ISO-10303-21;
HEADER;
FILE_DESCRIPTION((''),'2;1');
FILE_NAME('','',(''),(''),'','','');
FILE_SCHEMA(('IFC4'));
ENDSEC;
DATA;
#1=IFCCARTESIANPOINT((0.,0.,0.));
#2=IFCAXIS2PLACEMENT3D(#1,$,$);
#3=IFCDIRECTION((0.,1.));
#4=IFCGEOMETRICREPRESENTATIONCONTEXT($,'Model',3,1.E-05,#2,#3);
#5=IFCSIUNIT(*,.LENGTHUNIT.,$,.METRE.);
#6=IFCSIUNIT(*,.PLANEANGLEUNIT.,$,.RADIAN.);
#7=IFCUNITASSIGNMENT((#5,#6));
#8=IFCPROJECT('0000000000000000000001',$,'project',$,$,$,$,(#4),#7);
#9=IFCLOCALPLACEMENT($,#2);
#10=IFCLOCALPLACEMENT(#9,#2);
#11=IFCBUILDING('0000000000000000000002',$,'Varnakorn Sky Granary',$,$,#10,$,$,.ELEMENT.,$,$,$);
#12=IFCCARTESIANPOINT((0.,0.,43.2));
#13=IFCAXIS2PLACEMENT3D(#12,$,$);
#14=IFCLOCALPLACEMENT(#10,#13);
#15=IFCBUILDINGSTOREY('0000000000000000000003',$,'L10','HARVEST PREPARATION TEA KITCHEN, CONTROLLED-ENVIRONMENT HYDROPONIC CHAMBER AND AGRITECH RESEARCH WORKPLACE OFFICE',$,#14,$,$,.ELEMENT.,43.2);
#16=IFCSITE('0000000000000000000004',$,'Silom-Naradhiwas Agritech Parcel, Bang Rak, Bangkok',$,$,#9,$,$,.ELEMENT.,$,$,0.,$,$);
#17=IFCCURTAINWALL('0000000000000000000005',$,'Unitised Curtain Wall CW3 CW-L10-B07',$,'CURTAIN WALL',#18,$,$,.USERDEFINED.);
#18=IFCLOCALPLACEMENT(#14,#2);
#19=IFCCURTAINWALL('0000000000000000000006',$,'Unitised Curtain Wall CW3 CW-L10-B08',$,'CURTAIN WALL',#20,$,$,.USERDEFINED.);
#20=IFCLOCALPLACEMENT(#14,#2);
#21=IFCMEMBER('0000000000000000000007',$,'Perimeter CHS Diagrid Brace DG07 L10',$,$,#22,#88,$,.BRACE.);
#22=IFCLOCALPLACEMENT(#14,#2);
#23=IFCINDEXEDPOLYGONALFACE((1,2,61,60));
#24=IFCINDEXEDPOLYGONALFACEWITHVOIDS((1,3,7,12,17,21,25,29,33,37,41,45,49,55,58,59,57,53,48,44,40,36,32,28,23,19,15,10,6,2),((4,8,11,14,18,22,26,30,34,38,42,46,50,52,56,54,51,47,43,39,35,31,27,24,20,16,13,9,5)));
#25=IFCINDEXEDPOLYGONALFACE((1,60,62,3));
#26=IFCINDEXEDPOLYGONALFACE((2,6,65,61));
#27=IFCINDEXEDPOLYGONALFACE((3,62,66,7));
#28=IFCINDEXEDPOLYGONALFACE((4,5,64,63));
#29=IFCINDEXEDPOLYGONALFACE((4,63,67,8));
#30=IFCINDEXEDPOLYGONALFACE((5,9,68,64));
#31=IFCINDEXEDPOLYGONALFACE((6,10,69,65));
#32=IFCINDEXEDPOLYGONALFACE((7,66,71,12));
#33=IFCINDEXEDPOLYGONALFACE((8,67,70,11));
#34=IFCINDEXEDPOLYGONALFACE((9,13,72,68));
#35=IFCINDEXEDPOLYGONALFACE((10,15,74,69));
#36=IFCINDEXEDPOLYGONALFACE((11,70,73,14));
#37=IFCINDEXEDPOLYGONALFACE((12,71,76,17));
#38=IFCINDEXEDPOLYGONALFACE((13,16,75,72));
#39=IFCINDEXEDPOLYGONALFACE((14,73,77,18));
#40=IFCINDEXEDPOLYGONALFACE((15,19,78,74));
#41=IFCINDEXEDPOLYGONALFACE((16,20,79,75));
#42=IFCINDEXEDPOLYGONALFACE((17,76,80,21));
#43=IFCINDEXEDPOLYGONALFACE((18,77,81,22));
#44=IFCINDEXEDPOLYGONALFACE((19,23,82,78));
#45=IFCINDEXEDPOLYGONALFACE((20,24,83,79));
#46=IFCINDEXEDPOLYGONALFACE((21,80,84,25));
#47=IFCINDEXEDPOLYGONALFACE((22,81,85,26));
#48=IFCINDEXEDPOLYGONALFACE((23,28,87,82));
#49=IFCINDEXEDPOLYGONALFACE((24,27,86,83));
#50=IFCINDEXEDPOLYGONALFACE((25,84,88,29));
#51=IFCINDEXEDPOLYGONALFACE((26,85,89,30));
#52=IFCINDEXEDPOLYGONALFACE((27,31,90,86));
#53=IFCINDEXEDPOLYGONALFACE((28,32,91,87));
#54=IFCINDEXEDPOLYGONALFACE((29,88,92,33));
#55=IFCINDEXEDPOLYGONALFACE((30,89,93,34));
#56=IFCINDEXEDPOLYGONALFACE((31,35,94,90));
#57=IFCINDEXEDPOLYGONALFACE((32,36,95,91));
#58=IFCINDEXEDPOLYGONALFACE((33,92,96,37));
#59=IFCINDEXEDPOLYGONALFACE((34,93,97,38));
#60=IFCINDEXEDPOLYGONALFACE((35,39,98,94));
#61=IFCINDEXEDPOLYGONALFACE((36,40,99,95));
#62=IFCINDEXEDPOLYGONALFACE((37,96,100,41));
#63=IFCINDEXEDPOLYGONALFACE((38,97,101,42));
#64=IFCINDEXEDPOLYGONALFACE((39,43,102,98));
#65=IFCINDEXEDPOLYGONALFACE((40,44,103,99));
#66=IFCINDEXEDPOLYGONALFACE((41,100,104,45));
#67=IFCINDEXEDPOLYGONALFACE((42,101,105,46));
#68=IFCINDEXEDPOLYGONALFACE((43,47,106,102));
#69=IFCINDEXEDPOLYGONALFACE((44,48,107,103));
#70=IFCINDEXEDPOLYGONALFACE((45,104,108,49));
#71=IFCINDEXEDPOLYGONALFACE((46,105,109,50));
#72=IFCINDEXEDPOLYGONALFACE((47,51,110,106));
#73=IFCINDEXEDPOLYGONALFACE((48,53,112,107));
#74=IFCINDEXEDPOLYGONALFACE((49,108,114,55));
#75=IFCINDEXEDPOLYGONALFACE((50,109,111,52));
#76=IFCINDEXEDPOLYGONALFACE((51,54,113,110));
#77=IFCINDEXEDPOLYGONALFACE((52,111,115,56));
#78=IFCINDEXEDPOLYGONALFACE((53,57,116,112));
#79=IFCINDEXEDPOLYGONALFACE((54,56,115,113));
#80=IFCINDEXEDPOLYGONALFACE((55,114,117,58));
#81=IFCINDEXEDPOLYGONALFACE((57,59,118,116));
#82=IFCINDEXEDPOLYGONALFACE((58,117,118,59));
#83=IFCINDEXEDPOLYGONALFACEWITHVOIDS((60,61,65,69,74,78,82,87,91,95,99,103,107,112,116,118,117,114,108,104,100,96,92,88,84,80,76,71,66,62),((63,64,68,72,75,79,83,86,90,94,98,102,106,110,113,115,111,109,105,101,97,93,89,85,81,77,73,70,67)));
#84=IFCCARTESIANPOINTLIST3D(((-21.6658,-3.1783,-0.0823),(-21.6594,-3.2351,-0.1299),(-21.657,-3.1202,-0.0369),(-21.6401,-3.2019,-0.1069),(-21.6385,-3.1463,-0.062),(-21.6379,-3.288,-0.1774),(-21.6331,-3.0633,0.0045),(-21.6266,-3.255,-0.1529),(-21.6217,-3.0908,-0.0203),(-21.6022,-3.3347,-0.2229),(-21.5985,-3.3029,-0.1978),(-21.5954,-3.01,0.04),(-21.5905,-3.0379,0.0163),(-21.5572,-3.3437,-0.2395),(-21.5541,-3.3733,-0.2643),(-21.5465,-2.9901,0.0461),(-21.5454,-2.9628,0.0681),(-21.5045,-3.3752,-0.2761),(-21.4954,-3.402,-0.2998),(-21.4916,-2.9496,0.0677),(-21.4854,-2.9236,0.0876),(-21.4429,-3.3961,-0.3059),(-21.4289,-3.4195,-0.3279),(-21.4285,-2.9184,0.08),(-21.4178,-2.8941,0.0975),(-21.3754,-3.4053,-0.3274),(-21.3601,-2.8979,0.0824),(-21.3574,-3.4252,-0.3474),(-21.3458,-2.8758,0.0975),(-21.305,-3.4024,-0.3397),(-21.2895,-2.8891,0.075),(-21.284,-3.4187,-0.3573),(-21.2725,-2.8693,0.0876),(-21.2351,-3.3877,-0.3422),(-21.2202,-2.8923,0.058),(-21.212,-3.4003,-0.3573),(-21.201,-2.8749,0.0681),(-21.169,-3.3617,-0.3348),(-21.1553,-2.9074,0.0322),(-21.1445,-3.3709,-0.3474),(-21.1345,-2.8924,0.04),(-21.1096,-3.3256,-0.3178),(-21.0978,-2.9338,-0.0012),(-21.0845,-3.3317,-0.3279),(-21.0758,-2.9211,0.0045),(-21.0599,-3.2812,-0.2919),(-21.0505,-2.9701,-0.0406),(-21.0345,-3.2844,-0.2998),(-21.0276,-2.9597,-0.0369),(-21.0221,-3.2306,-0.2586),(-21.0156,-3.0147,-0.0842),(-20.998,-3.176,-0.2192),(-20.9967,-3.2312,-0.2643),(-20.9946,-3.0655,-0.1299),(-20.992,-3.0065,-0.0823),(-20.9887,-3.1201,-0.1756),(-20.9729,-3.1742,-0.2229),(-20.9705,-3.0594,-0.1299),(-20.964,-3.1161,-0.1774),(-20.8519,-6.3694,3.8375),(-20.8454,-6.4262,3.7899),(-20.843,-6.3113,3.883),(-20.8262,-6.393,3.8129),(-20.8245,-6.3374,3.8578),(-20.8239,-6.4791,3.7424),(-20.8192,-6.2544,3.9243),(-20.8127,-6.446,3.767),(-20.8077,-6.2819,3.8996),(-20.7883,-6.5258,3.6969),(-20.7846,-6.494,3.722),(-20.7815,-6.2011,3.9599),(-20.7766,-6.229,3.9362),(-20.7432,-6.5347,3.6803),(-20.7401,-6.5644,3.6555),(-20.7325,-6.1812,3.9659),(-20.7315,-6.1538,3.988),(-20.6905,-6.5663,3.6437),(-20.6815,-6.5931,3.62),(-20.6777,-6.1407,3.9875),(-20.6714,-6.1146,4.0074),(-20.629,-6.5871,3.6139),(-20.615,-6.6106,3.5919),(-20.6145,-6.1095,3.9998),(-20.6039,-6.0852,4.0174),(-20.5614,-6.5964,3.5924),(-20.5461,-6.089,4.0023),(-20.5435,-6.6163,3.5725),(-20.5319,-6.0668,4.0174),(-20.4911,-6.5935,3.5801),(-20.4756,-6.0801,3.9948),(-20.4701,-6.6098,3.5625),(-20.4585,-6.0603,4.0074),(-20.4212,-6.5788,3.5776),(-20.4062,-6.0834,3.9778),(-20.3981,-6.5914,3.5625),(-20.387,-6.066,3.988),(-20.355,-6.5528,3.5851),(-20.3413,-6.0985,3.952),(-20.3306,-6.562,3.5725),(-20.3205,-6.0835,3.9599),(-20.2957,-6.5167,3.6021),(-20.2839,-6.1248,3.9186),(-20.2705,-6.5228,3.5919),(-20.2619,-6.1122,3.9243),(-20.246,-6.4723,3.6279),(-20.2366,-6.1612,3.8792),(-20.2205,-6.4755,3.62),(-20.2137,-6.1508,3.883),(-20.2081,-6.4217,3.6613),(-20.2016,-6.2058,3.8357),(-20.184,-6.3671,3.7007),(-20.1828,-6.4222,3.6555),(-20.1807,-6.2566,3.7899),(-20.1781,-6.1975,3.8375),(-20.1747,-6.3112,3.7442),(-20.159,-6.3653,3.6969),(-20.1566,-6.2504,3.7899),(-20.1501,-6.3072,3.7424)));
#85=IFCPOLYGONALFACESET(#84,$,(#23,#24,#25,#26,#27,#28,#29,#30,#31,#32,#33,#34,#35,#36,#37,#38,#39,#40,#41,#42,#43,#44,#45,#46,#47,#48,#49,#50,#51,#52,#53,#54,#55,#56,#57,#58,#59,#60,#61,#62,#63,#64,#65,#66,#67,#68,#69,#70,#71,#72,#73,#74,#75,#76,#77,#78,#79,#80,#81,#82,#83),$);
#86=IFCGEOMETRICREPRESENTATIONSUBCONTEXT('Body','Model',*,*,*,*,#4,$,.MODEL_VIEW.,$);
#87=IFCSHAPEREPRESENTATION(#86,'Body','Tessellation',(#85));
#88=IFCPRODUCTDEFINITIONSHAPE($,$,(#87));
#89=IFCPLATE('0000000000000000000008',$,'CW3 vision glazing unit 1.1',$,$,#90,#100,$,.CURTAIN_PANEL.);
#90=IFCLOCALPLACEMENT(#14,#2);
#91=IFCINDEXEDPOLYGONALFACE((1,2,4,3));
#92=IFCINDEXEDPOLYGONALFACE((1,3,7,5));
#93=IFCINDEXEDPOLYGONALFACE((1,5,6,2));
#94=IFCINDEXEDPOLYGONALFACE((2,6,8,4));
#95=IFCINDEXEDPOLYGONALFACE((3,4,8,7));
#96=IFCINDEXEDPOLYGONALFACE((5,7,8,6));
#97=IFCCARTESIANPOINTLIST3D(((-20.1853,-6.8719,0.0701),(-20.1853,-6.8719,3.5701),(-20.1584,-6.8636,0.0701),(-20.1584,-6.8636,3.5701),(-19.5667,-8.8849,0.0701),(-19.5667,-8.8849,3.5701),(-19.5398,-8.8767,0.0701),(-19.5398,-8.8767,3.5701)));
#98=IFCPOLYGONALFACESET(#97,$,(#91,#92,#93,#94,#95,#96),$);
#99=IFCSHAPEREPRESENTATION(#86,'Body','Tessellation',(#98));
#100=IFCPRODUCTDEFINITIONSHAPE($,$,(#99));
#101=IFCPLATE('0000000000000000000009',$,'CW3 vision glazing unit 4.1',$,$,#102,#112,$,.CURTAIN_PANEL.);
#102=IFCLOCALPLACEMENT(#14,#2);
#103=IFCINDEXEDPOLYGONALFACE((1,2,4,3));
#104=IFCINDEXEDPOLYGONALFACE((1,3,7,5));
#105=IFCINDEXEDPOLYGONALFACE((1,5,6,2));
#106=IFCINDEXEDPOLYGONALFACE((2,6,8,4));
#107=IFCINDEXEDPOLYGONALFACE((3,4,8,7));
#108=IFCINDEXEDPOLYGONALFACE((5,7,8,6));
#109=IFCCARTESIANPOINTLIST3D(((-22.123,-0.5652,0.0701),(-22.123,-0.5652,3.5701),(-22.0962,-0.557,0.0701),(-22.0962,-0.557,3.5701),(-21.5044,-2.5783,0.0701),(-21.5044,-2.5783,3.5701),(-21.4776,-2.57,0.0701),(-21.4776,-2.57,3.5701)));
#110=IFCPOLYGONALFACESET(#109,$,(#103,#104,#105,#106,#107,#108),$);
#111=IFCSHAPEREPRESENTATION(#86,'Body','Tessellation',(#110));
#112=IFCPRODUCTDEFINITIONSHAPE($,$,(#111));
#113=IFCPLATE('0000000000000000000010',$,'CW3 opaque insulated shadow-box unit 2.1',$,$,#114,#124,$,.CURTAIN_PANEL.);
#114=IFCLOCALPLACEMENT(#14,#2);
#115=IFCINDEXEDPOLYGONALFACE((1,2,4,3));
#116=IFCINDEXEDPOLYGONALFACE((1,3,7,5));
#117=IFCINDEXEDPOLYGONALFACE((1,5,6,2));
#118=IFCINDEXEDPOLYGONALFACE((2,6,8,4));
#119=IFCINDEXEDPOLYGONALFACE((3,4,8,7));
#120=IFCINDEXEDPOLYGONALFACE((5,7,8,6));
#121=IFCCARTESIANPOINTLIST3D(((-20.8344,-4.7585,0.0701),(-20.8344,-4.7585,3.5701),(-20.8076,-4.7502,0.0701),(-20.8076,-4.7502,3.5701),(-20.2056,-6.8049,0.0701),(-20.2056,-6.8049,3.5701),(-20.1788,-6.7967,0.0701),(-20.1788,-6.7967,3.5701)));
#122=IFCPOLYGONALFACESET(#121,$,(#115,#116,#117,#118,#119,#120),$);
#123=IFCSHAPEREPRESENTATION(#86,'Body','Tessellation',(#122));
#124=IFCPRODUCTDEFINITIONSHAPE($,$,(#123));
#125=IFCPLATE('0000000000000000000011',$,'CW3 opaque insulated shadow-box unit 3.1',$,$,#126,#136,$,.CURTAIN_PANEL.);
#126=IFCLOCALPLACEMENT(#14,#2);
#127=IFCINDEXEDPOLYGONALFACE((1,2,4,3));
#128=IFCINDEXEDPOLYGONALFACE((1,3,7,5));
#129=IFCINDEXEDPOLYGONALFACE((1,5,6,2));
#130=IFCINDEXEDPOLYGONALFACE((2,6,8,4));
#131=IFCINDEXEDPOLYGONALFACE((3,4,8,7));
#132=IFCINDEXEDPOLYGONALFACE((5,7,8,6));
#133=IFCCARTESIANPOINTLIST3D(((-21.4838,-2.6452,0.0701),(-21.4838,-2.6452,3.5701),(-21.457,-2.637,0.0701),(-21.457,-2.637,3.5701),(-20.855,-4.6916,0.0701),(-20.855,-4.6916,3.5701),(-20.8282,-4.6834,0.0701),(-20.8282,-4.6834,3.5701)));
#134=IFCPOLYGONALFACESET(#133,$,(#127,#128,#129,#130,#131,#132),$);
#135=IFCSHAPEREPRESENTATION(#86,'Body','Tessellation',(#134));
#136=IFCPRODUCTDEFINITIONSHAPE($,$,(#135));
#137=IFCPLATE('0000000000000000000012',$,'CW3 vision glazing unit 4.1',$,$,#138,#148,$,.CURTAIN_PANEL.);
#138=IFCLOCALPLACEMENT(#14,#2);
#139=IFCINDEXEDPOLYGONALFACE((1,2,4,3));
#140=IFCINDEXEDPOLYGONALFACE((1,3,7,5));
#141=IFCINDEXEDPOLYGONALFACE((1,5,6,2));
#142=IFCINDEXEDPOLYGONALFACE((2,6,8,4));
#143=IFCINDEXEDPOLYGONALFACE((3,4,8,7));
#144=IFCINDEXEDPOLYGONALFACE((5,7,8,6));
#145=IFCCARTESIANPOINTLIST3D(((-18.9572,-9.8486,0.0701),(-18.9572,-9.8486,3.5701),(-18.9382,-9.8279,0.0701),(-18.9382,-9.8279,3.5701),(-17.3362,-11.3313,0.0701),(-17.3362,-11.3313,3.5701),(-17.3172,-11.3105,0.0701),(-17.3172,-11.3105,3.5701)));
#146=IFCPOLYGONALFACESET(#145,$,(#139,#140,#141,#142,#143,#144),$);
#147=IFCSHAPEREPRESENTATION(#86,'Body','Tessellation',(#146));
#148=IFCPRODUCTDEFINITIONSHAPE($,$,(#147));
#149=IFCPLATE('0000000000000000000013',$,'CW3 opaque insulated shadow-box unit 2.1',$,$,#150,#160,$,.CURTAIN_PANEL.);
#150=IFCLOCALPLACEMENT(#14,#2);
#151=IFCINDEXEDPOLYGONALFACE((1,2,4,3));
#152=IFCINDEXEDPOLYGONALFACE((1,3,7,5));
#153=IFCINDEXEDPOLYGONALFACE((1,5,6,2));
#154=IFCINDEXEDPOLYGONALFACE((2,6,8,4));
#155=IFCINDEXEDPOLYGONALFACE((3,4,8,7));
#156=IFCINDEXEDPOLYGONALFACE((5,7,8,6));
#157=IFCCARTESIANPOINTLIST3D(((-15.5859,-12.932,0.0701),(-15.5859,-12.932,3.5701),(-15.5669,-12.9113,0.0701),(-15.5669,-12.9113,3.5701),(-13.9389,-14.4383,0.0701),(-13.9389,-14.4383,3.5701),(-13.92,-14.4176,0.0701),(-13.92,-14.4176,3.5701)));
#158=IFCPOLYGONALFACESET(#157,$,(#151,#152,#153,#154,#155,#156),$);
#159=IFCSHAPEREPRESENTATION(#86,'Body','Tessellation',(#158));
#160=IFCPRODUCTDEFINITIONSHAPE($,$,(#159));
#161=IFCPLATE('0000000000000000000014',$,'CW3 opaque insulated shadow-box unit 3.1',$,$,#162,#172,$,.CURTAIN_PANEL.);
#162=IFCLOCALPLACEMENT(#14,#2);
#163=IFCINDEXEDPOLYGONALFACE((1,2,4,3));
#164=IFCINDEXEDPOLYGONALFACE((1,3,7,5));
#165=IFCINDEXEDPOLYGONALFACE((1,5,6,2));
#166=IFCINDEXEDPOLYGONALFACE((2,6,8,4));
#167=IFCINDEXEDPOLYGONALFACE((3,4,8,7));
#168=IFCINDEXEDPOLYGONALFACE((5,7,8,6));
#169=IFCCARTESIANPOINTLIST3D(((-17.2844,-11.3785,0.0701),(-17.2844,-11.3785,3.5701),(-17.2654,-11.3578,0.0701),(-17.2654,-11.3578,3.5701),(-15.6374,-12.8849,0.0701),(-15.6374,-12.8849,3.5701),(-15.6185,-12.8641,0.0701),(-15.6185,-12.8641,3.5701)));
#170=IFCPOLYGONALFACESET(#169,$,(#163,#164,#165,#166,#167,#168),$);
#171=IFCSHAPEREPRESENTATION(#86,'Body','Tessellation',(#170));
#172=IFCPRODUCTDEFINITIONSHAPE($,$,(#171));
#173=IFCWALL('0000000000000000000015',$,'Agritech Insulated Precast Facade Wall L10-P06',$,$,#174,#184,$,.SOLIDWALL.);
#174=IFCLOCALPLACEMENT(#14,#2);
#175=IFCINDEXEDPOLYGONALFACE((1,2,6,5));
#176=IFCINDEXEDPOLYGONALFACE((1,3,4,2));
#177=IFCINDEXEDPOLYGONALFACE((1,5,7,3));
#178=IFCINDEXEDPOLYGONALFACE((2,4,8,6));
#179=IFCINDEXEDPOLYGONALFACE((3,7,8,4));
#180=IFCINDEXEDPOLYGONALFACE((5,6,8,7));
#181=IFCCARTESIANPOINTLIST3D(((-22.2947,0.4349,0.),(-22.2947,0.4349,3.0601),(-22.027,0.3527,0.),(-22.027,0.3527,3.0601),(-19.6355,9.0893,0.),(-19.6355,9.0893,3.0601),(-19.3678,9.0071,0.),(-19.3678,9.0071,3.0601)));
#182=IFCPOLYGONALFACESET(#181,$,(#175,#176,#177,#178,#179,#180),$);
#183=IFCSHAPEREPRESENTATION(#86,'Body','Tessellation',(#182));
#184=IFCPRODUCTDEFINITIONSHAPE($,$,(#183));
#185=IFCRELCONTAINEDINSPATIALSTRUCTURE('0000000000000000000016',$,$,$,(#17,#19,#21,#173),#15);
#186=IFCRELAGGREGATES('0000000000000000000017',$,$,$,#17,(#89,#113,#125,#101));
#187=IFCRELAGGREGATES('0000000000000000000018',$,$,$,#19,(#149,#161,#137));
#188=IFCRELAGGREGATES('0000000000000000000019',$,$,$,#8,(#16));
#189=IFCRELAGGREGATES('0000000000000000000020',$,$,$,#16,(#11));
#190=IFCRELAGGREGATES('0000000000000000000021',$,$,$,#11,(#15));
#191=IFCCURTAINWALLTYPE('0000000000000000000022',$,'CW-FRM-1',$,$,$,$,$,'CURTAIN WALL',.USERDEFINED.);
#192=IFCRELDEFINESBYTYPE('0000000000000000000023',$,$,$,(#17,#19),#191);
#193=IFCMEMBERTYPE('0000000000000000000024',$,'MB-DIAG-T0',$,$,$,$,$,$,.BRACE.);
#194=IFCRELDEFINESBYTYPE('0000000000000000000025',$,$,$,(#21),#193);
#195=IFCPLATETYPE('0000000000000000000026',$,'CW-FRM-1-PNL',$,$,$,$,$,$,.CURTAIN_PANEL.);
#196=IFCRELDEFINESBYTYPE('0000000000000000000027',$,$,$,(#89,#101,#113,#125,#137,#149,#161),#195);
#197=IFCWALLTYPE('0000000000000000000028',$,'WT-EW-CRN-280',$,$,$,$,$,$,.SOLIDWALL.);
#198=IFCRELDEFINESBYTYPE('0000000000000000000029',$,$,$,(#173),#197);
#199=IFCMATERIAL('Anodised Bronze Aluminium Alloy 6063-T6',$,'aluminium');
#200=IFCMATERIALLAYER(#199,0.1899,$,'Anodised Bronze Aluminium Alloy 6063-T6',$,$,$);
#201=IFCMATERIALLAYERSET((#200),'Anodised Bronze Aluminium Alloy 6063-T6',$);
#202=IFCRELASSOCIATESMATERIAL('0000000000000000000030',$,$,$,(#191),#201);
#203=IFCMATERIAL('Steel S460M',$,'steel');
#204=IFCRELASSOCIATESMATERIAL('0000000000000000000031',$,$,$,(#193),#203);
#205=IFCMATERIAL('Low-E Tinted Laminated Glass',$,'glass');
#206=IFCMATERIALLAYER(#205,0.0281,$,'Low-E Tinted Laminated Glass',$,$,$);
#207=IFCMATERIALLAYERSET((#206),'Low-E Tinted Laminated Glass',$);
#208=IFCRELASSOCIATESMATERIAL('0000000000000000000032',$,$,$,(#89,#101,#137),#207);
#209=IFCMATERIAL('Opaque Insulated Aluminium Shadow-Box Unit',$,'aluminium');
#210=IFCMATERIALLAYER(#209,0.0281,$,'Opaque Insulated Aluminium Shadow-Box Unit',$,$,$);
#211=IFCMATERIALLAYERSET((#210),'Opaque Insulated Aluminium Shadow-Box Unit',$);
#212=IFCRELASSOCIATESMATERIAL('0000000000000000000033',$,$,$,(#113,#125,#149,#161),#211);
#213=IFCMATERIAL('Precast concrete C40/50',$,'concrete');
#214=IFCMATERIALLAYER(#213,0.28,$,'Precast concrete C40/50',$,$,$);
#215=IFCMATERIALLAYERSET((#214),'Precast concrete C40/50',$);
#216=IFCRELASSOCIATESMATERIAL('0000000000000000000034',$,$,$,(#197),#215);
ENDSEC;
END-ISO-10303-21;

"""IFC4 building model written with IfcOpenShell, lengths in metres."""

from ifc_helpers import new_model, si_unit, direction, frame, frame_2d, origin, origin_2d, place, context, subcontext, project, spatial, rectangle, hollow_circle, extrude, source, transform, mapped, material, layer, layer_set, material_profile, profile_set, type_object, type_shapes, element, aggregate, save


model = new_model("IFC4")

# Units and contexts
model_context = context("Model", 3, precision=1e-05, world=origin(), true_north=direction((0.0, 1.0)))
body_context = subcontext(model_context, "Body", "Model", "MODEL_VIEW")
ifc_project = project(units=[si_unit("LENGTHUNIT", "METRE"), si_unit("PLANEANGLEUNIT", "RADIAN")], contexts=[model_context])

# Site, building, storey
site_placement = place(None, origin())
site = spatial("IfcSite", under=ifc_project, at=site_placement, Name="Silom-Naradhiwas Agritech Parcel, Bang Rak, Bangkok", CompositionType="ELEMENT", RefElevation=0.0)
building_placement = place(site_placement, origin())
building = spatial("IfcBuilding", under=site, at=building_placement, Name="Varnakorn Sky Granary", CompositionType="ELEMENT")
storey_placement = place(building_placement, frame((0.0, 0.0, 43.2)))
storey = spatial("IfcBuildingStorey", under=building, at=storey_placement, Name="L10", Description="HARVEST PREPARATION TEA KITCHEN, CONTROLLED-ENVIRONMENT HYDROPONIC CHAMBER AND AGRITECH RESEARCH WORKPLACE OFFICE", CompositionType="ELEMENT", Elevation=43.2)

# Shared definitions
ifc_material_1 = material(Name="Steel S460M", Category="steel")

# Curtain walls
ifc_material_2 = material(Name="Anodised Bronze Aluminium Alloy 6063-T6", Category="aluminium")
ifc_layer_1 = layer(ifc_material_2, 0.1899, Name="Anodised Bronze Aluminium Alloy 6063-T6")
ifc_layer_set_1 = layer_set([ifc_layer_1], Name="Anodised Bronze Aluminium Alloy 6063-T6")
curtain_wall_type = type_object("IfcCurtainWallType", Name="CW-FRM-1", ElementType="CURTAIN WALL", PredefinedType="USERDEFINED", material=ifc_layer_set_1)
curtain_wall_1_placement = place(storey_placement, origin())
curtain_wall_1 = element("IfcCurtainWall", 1, at=curtain_wall_1_placement, inside=storey, type_object=curtain_wall_type, Name="Unitised Curtain Wall CW3 CW-L10-B07", ObjectType="CURTAIN WALL", PredefinedType="USERDEFINED")
curtain_wall_2_placement = place(storey_placement, origin())
curtain_wall_2 = element("IfcCurtainWall", 2, at=curtain_wall_2_placement, inside=storey, type_object=curtain_wall_type, Name="Unitised Curtain Wall CW3 CW-L10-B08", ObjectType="CURTAIN WALL", PredefinedType="USERDEFINED")

# Member
ifc_material_profile_1 = material_profile(ifc_material_1, hollow_circle(Radius=0.3555, WallThickness=0.0249, at=origin_2d()), Name="CHS 711x25")
ifc_profile_set_1 = profile_set([ifc_material_profile_1], Name="Steel S460M")
member_type_1 = type_object("IfcMemberType", Name="MB-DIAG-T0", PredefinedType="BRACE", material=ifc_profile_set_1)
member_1_placement = place(storey_placement, frame((-21.3149, -3.1472, -0.1299), z_axis=(0.158985, -0.623304, 0.765647), x_axis=(0.968976, 0.247155, 0.0)))
element("IfcMember", 3, at=member_1_placement, inside=storey, type_object=member_type_1, Name="Perimeter CHS Diagrid Brace DG07 L10", PredefinedType="BRACE", context=body_context, shape_type="SweptSolid", body=[
    extrude(hollow_circle(Radius=0.3555, WallThickness=0.0249, at=origin_2d()), origin(), (0.0, 0.0, 1.0), 5.1196),
])

# Plates
ifc_material_3 = material(Name="Low-E Tinted Laminated Glass", Category="glass")
ifc_layer_2 = layer(ifc_material_3, 0.0281, Name="Low-E Tinted Laminated Glass")
ifc_layer_set_2 = layer_set([ifc_layer_2], Name="Low-E Tinted Laminated Glass")
plate_type = type_object("IfcPlateType", Name="CW-FRM-1-PNL", PredefinedType="CURTAIN_PANEL")
shared_shape_1 = source(origin(), body_context, "Body", "SweptSolid", [
    extrude(rectangle(XDim=2.106, YDim=0.0281, at=origin_2d()), origin(), (0.0, 0.0, 1.0), 3.5),
])
plate_1_placement = place(storey_placement, frame((-19.8625, -7.8743, 0.0701), z_axis=(0.0, 0.0, 1.0), x_axis=(-0.293723, 0.95589, 0.0)))
plate_1 = element("IfcPlate", 4, at=plate_1_placement, type_object=plate_type, material=ifc_layer_set_2, Name="CW3 vision glazing unit 1.1", PredefinedType="CURTAIN_PANEL", context=body_context, shape_type="MappedRepresentation", body=[
    mapped(shared_shape_1, transform((0.0, 0.0, 0.0), x_axis=(1.0, 0.0, 0.0), y_axis=(0.0, 1.0, 0.0), z_axis=(0.0, 0.0, 1.0), scale=1.0)),
])
plate_2_placement = place(storey_placement, frame((-21.8003, -1.5676, 0.0701), z_axis=(0.0, 0.0, 1.0), x_axis=(-0.293723, 0.95589, 0.0)))
plate_2 = element("IfcPlate", 5, at=plate_2_placement, type_object=plate_type, material=ifc_layer_set_2, Name="CW3 vision glazing unit 4.1", PredefinedType="CURTAIN_PANEL", context=body_context, shape_type="MappedRepresentation", body=[
    mapped(shared_shape_1, transform((0.0, 0.0, 0.0), x_axis=(1.0, 0.0, 0.0), y_axis=(0.0, 1.0, 0.0), z_axis=(0.0, 0.0, 1.0), scale=1.0)),
])
ifc_material_4 = material(Name="Opaque Insulated Aluminium Shadow-Box Unit", Category="aluminium")
ifc_layer_3 = layer(ifc_material_4, 0.0281, Name="Opaque Insulated Aluminium Shadow-Box Unit")
ifc_layer_set_3 = layer_set([ifc_layer_3], Name="Opaque Insulated Aluminium Shadow-Box Unit")
shared_shape_2 = source(origin(), body_context, "Body", "SweptSolid", [
    extrude(rectangle(XDim=2.1409, YDim=0.0281, at=origin_2d()), origin(), (0.0, 0.0, 1.0), 3.5),
])
plate_3_placement = place(storey_placement, frame((-20.5066, -5.7776, 0.0701), z_axis=(0.0, 0.0, 1.0), x_axis=(-0.293723, 0.95589, 0.0)))
plate_3 = element("IfcPlate", 6, at=plate_3_placement, type_object=plate_type, material=ifc_layer_set_3, Name="CW3 opaque insulated shadow-box unit 2.1", PredefinedType="CURTAIN_PANEL", context=body_context, shape_type="MappedRepresentation", body=[
    mapped(shared_shape_2, transform((0.0, 0.0, 0.0), x_axis=(1.0, 0.0, 0.0), y_axis=(0.0, 1.0, 0.0), z_axis=(0.0, 0.0, 1.0), scale=1.0)),
])
plate_4_placement = place(storey_placement, frame((-21.156, -3.6643, 0.0701), z_axis=(0.0, 0.0, 1.0), x_axis=(-0.293723, 0.95589, 0.0)))
plate_4 = element("IfcPlate", 7, at=plate_4_placement, type_object=plate_type, material=ifc_layer_set_3, Name="CW3 opaque insulated shadow-box unit 3.1", PredefinedType="CURTAIN_PANEL", context=body_context, shape_type="MappedRepresentation", body=[
    mapped(shared_shape_2, transform((0.0, 0.0, 0.0), x_axis=(1.0, 0.0, 0.0), y_axis=(0.0, 1.0, 0.0), z_axis=(0.0, 0.0, 1.0), scale=1.0)),
])
aggregate(curtain_wall_1, [plate_1, plate_3, plate_4, plate_2])
shared_shape_3 = source(origin(), body_context, "Body", "SweptSolid", [
    extrude(rectangle(XDim=2.1968, YDim=0.0281, at=origin_2d()), origin(), (0.0, 0.0, 1.0), 3.5),
])
plate_5_placement = place(storey_placement, frame((-18.1372, -10.5796, 0.0701), z_axis=(0.0, 0.0, 1.0), x_axis=(-0.737906, 0.674903, 0.0)))
plate_5 = element("IfcPlate", 8, at=plate_5_placement, type_object=plate_type, material=ifc_layer_set_2, Name="CW3 vision glazing unit 4.1", PredefinedType="CURTAIN_PANEL", context=body_context, shape_type="MappedRepresentation", body=[
    mapped(shared_shape_3, transform((0.0, 0.0, 0.0), x_axis=(1.0, 0.0, 0.0), y_axis=(0.0, 1.0, 0.0), z_axis=(0.0, 0.0, 1.0), scale=1.0)),
])
shared_shape_4 = source(origin(), body_context, "Body", "SweptSolid", [
    extrude(rectangle(XDim=2.2319, YDim=0.0281, at=origin_2d()), origin(), (0.0, 0.0, 1.0), 3.5),
])
type_shapes(plate_type, [shared_shape_1, shared_shape_2, shared_shape_3, shared_shape_4])
plate_6_placement = place(storey_placement, frame((-14.7529, -13.6748, 0.0701), z_axis=(0.0, 0.0, 1.0), x_axis=(-0.737906, 0.674903, 0.0)))
plate_6 = element("IfcPlate", 9, at=plate_6_placement, type_object=plate_type, material=ifc_layer_set_3, Name="CW3 opaque insulated shadow-box unit 2.1", PredefinedType="CURTAIN_PANEL", context=body_context, shape_type="MappedRepresentation", body=[
    mapped(shared_shape_4, transform((0.0, 0.0, 0.0), x_axis=(1.0, 0.0, 0.0), y_axis=(0.0, 1.0, 0.0), z_axis=(0.0, 0.0, 1.0), scale=1.0)),
])
plate_7_placement = place(storey_placement, frame((-16.4514, -12.1213, 0.0701), z_axis=(0.0, 0.0, 1.0), x_axis=(-0.737906, 0.674903, 0.0)))
plate_7 = element("IfcPlate", 10, at=plate_7_placement, type_object=plate_type, material=ifc_layer_set_3, Name="CW3 opaque insulated shadow-box unit 3.1", PredefinedType="CURTAIN_PANEL", context=body_context, shape_type="MappedRepresentation", body=[
    mapped(shared_shape_4, transform((0.0, 0.0, 0.0), x_axis=(1.0, 0.0, 0.0), y_axis=(0.0, 1.0, 0.0), z_axis=(0.0, 0.0, 1.0), scale=1.0)),
])
aggregate(curtain_wall_2, [plate_6, plate_7, plate_5])

# Wall
ifc_material_5 = material(Name="Precast concrete C40/50", Category="concrete")
ifc_layer_4 = layer(ifc_material_5, 0.28, Name="Precast concrete C40/50")
ifc_layer_set_4 = layer_set([ifc_layer_4], Name="Precast concrete C40/50")
wall_type_1 = type_object("IfcWallType", Name="WT-EW-CRN-280", PredefinedType="SOLIDWALL", material=ifc_layer_set_4)
wall_1_placement = place(storey_placement, frame((-22.1609, 0.3938, 0.0), z_axis=(0.0, 0.0, 1.0), x_axis=(0.293714, 0.955893, 0.0)))
element("IfcWall", 11, at=wall_1_placement, inside=storey, type_object=wall_type_1, Name="Agritech Insulated Precast Facade Wall L10-P06", PredefinedType="SOLIDWALL", context=body_context, shape_type="SweptSolid", body=[
    extrude(rectangle(XDim=9.0537, YDim=0.28, at=frame_2d((4.5269, 0.0))), origin(), (0.0, 0.0, 1.0), 3.0601),
])

save(model, "model.ifc")
